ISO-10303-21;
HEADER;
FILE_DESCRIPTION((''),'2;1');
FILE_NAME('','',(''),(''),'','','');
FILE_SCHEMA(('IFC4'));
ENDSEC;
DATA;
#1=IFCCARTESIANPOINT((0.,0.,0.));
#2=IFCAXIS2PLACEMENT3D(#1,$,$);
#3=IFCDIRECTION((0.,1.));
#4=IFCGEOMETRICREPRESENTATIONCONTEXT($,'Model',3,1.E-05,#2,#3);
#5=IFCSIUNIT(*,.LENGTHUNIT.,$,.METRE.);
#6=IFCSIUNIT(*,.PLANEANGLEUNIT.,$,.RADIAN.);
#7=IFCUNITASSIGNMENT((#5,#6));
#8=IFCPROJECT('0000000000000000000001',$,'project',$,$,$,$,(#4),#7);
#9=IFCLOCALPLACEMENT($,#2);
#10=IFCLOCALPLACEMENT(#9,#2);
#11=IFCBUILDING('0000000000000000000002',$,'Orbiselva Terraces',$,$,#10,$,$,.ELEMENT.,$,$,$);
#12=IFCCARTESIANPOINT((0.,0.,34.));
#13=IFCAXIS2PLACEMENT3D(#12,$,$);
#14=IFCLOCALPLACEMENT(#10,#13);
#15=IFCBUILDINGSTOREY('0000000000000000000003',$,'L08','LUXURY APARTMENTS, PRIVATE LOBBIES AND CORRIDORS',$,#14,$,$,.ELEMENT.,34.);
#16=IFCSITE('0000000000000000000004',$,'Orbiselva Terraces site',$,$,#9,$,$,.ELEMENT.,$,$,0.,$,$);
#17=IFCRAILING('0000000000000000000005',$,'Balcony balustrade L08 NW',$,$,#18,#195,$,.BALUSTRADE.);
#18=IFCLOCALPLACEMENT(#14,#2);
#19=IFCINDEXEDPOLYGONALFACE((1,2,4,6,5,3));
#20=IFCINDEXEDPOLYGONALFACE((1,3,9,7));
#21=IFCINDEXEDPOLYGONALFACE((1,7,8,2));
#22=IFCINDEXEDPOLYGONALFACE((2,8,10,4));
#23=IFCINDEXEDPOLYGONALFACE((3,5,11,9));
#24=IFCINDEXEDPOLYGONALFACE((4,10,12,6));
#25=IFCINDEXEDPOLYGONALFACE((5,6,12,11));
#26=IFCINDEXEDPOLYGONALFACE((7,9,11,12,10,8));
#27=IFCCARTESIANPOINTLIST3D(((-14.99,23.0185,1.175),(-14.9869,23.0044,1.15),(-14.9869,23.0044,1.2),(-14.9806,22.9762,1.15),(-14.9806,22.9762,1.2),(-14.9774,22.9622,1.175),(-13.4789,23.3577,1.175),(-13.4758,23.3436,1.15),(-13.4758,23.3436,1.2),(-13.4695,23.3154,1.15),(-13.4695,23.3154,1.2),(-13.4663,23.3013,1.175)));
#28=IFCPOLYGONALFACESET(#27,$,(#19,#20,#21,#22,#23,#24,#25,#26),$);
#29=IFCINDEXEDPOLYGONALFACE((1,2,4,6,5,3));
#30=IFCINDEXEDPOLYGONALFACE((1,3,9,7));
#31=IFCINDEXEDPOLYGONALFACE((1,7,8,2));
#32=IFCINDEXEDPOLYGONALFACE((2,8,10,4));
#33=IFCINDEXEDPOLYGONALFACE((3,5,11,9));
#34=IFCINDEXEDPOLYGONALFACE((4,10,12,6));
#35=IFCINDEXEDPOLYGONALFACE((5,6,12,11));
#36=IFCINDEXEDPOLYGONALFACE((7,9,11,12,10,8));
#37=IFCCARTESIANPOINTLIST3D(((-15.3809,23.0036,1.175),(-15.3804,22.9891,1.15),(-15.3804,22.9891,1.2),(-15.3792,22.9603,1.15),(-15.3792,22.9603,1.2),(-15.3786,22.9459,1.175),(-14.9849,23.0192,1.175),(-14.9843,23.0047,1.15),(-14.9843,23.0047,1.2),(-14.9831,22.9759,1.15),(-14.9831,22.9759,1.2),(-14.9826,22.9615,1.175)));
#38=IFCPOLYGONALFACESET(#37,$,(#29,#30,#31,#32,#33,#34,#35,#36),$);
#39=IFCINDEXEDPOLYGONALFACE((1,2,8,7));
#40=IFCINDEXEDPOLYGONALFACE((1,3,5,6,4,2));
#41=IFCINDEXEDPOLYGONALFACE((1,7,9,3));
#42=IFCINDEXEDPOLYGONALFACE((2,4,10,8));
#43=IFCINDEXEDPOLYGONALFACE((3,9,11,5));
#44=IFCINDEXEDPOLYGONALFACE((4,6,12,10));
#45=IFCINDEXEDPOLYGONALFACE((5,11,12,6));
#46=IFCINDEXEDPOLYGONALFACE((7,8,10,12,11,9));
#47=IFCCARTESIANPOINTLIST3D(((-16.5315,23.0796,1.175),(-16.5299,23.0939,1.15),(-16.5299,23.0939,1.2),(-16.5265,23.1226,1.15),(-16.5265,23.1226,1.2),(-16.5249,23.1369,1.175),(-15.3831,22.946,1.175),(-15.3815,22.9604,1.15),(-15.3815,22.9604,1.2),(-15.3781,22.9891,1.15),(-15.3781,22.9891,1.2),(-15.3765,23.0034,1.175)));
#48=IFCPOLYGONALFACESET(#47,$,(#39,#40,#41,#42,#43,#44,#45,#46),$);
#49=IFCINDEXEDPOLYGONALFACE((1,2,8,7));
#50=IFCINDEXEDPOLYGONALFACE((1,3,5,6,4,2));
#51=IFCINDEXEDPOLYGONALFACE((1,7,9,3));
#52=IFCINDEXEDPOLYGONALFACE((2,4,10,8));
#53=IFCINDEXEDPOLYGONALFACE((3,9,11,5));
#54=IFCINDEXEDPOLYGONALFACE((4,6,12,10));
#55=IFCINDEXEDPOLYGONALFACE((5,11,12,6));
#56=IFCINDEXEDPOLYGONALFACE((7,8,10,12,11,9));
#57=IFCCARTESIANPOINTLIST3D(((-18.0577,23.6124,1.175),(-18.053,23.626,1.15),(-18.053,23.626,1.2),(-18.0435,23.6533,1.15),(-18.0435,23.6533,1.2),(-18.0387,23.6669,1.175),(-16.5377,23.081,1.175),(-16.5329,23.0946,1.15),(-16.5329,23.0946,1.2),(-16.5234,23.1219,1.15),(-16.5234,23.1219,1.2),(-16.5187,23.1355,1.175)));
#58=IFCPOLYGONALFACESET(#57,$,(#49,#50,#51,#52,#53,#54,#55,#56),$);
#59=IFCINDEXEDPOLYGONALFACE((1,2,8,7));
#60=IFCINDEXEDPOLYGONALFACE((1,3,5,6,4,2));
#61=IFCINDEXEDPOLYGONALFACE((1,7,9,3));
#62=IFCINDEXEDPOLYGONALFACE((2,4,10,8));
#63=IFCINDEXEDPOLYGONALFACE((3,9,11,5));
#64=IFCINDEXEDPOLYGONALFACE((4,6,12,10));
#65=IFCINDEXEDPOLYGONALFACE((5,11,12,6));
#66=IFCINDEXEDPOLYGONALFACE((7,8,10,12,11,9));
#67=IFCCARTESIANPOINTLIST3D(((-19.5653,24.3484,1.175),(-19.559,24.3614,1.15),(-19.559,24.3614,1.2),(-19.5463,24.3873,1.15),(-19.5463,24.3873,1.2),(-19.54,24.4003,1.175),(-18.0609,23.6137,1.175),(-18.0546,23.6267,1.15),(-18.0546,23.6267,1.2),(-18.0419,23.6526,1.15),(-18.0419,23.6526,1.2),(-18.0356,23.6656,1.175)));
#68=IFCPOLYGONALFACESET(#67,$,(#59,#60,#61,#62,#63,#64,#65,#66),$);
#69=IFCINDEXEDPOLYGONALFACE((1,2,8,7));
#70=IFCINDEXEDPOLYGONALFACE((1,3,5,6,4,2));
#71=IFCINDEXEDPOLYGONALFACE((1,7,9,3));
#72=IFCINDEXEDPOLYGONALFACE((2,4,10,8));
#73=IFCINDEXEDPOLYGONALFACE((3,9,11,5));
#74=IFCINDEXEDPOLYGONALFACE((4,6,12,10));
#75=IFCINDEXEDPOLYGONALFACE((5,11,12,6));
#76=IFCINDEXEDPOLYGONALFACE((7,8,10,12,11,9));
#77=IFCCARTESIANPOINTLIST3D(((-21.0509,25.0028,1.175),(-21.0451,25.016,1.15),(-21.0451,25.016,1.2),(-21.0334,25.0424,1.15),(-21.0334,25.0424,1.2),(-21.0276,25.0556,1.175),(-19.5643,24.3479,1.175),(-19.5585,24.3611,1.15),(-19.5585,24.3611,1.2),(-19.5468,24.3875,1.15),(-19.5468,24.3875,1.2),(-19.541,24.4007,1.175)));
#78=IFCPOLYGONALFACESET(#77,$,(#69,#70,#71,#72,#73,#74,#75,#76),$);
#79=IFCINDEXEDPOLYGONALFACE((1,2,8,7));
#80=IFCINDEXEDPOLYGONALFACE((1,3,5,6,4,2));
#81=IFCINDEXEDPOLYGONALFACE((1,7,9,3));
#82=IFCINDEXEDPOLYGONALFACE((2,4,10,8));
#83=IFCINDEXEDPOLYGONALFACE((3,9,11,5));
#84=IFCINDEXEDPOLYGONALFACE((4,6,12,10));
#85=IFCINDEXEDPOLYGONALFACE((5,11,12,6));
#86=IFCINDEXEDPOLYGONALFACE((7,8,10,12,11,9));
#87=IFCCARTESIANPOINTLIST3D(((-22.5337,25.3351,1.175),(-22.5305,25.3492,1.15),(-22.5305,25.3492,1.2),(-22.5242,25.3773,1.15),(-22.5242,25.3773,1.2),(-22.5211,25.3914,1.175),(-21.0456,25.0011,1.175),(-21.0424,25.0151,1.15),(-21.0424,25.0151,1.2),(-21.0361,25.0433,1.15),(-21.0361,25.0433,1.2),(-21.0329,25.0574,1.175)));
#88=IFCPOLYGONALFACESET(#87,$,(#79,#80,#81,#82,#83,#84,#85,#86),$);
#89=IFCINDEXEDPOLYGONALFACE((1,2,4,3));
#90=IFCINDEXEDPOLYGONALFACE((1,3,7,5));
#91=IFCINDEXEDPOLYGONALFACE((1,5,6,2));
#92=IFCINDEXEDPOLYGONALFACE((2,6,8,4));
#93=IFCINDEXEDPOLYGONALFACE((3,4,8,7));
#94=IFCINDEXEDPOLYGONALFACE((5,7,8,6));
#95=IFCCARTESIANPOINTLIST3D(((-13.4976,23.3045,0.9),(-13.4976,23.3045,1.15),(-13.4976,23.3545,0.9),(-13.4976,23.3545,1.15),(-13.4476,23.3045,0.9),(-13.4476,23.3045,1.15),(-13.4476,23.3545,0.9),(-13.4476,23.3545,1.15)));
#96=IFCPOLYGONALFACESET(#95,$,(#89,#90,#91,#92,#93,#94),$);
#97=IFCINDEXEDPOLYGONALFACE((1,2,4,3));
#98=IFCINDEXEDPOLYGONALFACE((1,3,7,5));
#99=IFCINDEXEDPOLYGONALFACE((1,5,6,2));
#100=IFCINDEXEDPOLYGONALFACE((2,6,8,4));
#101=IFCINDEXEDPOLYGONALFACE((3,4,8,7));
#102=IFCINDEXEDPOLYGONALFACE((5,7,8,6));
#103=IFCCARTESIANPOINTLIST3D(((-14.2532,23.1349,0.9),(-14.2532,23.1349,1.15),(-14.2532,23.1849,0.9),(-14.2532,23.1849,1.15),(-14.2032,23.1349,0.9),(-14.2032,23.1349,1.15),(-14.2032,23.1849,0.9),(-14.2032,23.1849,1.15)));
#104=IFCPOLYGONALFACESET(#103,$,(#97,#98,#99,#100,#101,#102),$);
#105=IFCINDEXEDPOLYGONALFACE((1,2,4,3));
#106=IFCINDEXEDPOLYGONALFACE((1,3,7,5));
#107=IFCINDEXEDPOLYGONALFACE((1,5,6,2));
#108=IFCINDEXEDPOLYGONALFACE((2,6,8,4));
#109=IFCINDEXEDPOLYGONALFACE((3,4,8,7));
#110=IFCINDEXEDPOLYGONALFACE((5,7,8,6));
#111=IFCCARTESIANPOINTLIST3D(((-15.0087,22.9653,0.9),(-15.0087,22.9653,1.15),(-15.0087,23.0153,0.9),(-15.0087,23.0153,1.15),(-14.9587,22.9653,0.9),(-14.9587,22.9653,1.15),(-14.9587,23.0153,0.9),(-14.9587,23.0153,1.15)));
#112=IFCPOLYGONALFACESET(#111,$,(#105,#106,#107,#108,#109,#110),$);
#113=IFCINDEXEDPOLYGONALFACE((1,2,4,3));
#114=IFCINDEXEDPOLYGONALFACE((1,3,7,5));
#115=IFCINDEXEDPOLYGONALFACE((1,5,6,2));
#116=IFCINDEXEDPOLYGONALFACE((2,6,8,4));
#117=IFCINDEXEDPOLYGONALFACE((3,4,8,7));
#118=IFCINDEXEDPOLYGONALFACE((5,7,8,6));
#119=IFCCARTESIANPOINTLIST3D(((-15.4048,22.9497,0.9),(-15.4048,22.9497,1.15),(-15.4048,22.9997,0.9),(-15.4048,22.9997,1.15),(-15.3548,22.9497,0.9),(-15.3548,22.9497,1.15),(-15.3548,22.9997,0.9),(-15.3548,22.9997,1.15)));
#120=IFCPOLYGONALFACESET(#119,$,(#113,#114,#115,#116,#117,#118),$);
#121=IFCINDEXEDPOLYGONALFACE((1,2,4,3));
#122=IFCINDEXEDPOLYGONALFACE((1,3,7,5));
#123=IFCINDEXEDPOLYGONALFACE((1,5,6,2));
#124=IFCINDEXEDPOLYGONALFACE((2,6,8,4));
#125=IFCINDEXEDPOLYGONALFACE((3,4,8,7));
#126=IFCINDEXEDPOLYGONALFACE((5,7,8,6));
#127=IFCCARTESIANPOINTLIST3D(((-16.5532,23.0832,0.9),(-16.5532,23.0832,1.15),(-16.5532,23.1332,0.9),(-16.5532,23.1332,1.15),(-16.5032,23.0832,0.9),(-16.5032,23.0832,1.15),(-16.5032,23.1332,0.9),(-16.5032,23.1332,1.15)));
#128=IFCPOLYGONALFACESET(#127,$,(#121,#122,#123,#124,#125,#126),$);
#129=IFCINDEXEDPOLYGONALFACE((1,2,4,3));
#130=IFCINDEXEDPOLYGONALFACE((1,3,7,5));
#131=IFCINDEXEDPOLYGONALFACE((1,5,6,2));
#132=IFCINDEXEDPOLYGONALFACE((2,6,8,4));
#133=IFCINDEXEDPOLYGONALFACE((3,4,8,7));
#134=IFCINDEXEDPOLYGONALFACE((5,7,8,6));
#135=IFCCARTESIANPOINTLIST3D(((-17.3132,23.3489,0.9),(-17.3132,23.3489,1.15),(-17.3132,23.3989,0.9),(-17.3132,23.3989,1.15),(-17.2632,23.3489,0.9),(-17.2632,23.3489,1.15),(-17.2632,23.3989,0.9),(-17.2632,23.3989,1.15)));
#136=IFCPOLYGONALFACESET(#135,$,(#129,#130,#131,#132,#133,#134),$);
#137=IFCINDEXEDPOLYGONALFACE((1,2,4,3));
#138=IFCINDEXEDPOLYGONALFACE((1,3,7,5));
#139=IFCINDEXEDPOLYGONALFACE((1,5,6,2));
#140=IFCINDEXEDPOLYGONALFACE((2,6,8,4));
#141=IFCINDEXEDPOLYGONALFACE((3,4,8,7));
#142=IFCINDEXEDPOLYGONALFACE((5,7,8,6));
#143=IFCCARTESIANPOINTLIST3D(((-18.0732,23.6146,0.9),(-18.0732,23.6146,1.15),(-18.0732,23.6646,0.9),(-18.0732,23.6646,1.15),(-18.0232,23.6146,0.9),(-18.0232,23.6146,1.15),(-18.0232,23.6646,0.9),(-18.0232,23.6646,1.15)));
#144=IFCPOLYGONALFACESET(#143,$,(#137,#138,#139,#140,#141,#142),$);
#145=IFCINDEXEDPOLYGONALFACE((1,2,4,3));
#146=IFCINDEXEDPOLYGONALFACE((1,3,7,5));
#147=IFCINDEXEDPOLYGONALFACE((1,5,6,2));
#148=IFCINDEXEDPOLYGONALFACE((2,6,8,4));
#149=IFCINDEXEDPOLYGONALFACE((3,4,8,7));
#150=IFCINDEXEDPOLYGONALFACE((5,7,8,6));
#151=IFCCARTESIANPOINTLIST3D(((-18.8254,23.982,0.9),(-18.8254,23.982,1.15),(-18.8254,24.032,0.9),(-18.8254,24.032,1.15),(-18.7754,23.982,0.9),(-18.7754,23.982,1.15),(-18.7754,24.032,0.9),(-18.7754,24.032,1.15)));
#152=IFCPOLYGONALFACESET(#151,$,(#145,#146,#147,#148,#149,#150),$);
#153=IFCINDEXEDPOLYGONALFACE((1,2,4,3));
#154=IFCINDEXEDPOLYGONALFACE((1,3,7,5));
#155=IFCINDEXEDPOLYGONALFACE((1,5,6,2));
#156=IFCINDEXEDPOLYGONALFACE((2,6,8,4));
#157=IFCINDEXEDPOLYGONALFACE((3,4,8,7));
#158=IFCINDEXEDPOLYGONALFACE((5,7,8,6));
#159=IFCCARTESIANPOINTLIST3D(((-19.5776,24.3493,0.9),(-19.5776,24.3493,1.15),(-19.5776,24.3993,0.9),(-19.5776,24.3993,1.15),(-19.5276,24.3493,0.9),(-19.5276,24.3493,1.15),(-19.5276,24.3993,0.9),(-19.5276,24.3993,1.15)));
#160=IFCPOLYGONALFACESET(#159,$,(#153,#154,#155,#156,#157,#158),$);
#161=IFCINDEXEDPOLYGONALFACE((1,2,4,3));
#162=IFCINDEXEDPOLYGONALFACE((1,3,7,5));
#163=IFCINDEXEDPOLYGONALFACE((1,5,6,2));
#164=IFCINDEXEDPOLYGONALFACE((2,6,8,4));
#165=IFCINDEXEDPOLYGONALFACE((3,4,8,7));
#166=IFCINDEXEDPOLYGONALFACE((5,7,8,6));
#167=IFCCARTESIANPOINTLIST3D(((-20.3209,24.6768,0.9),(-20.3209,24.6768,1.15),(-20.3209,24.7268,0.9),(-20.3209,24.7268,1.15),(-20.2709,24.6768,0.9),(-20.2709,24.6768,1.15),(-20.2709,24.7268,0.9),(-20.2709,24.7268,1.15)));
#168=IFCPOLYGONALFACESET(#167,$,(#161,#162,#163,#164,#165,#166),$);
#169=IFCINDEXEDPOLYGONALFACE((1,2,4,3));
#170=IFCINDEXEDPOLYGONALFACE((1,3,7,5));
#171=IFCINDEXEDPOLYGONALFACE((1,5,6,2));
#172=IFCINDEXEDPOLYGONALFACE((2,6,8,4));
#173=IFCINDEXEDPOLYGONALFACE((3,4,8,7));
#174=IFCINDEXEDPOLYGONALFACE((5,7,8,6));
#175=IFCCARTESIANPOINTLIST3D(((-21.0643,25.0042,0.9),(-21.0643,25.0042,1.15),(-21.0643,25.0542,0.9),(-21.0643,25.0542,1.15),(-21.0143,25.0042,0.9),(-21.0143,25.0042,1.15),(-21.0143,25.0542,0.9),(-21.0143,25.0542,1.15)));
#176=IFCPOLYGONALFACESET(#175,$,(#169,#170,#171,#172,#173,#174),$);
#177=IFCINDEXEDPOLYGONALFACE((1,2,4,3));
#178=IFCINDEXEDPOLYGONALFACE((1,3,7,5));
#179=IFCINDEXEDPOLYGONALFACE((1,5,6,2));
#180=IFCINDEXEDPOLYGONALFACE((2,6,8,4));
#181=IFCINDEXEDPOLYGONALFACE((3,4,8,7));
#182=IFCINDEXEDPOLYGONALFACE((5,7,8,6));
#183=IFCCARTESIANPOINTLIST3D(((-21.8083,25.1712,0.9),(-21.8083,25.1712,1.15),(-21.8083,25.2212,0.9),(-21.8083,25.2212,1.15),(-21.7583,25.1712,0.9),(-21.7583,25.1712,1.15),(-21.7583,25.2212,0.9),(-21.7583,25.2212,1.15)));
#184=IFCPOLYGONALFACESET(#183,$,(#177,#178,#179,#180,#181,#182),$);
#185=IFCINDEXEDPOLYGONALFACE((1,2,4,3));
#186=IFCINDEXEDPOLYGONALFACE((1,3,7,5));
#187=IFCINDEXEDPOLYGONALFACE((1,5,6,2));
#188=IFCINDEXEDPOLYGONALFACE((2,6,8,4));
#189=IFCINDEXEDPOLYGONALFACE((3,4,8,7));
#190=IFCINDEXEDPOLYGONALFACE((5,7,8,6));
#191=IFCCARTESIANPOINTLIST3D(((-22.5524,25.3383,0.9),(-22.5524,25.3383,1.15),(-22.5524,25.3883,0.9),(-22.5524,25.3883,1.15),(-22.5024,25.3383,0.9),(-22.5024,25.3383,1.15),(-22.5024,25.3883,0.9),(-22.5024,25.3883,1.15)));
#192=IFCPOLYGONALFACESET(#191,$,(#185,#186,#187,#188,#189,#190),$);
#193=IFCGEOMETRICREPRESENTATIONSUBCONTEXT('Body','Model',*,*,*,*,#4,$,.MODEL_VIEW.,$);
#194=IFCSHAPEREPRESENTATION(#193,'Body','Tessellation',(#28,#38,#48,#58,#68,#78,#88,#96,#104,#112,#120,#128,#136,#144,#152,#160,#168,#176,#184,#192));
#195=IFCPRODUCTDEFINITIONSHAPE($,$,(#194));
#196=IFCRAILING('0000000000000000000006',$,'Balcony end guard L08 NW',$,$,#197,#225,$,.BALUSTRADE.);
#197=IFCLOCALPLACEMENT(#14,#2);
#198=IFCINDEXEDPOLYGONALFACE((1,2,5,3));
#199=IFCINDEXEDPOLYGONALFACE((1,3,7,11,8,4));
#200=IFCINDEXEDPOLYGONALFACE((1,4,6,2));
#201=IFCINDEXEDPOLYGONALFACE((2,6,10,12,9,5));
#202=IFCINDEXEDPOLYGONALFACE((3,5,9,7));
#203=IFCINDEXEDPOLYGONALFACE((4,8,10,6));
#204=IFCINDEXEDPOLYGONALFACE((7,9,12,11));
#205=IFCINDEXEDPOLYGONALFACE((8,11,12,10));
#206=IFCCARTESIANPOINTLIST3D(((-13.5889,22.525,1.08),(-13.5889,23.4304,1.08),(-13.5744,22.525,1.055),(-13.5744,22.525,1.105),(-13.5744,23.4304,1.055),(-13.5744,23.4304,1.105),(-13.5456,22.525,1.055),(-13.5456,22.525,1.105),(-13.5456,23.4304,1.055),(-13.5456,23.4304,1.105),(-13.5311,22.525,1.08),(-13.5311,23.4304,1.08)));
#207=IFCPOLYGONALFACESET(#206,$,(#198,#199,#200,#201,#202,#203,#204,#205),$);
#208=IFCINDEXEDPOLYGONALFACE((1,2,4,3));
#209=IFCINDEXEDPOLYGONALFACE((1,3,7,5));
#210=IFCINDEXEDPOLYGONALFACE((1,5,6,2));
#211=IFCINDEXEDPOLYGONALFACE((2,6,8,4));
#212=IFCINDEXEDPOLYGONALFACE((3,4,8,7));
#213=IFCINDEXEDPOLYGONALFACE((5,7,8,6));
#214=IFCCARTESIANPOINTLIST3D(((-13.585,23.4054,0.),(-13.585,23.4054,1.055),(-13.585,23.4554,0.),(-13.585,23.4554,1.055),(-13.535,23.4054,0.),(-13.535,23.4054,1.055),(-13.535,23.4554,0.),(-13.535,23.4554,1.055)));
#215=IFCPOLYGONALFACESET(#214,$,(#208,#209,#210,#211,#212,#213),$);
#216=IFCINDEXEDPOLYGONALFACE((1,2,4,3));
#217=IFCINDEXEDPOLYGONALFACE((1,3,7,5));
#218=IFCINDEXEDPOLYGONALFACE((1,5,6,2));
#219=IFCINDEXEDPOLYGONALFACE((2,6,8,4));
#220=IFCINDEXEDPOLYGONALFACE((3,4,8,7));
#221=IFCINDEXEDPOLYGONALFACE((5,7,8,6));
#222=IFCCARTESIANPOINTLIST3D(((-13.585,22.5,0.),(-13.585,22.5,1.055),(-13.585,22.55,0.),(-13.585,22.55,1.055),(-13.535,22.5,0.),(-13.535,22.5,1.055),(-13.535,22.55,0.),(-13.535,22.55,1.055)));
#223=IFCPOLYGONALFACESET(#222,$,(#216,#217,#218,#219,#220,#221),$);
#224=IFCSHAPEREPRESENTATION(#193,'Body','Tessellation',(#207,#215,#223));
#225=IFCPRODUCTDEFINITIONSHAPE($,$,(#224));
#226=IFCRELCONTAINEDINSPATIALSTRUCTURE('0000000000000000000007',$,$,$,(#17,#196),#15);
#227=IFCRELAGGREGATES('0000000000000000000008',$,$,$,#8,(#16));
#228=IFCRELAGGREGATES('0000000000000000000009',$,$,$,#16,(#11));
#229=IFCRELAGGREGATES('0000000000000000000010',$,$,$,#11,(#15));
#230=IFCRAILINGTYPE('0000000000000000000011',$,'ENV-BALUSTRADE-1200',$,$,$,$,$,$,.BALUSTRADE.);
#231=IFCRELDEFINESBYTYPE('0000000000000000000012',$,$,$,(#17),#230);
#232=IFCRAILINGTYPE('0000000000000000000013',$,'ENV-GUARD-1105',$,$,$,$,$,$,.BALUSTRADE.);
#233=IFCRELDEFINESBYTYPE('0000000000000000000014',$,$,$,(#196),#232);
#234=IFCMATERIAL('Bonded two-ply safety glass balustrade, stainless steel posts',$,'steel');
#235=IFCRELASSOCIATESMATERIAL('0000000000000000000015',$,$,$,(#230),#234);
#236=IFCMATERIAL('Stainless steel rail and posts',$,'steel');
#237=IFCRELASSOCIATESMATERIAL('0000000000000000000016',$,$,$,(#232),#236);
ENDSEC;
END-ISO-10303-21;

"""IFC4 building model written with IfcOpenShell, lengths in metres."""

from ifc_helpers import new_model, si_unit, direction, frame, origin, origin_2d, place, context, subcontext, project, spatial, polyline, rectangle, outline, extrude, material, type_object, element, save


model = new_model("IFC4")

# Units and contexts
model_context = context("Model", 3, precision=1e-05, world=origin(), true_north=direction((0.0, 1.0)))
body_context = subcontext(model_context, "Body", "Model", "MODEL_VIEW")
ifc_project = project(units=[si_unit("LENGTHUNIT", "METRE"), si_unit("PLANEANGLEUNIT", "RADIAN")], contexts=[model_context])

# Site, building, storey
site_placement = place(None, origin())
site = spatial("IfcSite", under=ifc_project, at=site_placement, Name="Orbiselva Terraces site", CompositionType="ELEMENT", RefElevation=0.0)
building_placement = place(site_placement, origin())
building = spatial("IfcBuilding", under=site, at=building_placement, Name="Orbiselva Terraces", CompositionType="ELEMENT")
storey_placement = place(building_placement, frame((0.0, 0.0, 34.0)))
storey = spatial("IfcBuildingStorey", under=building, at=storey_placement, Name="L08", Description="LUXURY APARTMENTS, PRIVATE LOBBIES AND CORRIDORS", CompositionType="ELEMENT", Elevation=34.0)

# Railings
ifc_material_1 = material(Name="Bonded two-ply safety glass balustrade, stainless steel posts", Category="steel")
railing_type_1 = type_object("IfcRailingType", Name="ENV-BALUSTRADE-1200", PredefinedType="BALUSTRADE", material=ifc_material_1)
railing_1_placement = place(storey_placement, frame((-13.4726, 23.3295, 0.9)))
element("IfcRailing", 1, at=railing_1_placement, inside=storey, type_object=railing_type_1, Name="Balcony balustrade L08 NW", PredefinedType="BALUSTRADE", context=body_context, shape_type="SweptSolid", body=[
    extrude(outline(polyline([(0.0289, 0.0), (0.0144, 0.025), (-0.0144, 0.025), (-0.0289, 0.0), (-0.0144, -0.025), (0.0144, -0.025), (0.0289, 0.0)])), frame((0.0, 0.0, 0.275), z_axis=(-0.975721, -0.219015, 0.0), x_axis=(0.219015, -0.975721, 0.0)), (0.0, 0.0, 1.0), 1.5487),
    extrude(outline(polyline([(0.0289, 0.0), (0.0144, 0.025), (-0.0144, 0.025), (-0.0289, 0.0), (-0.0144, -0.025), (0.0144, -0.025), (0.0289, 0.0)])), frame((-1.5111, -0.3392, 0.275), z_axis=(-0.999225, -0.039369, 0.0), x_axis=(0.039369, -0.999225, 0.0)), (0.0, 0.0, 1.0), 0.3964),
    extrude(outline(polyline([(0.0289, 0.0), (0.0144, 0.025), (-0.0144, 0.025), (-0.0289, 0.0), (-0.0144, -0.025), (0.0144, -0.025), (0.0289, 0.0)])), frame((-1.9072, -0.3548, 0.275), z_axis=(-0.99331, 0.115482, 0.0), x_axis=(-0.115482, -0.99331, 0.0)), (0.0, 0.0, 1.0), 1.1561),
    extrude(outline(polyline([(0.0289, 0.0), (0.0144, 0.025), (-0.0144, 0.025), (-0.0289, 0.0), (-0.0144, -0.025), (0.0144, -0.025), (0.0289, 0.0)])), frame((-3.0556, -0.2213, 0.275), z_axis=(-0.943972, 0.330025, 0.0), x_axis=(-0.330025, -0.943972, 0.0)), (0.0, 0.0, 1.0), 1.6103),
    extrude(outline(polyline([(0.0289, 0.0), (0.0144, 0.025), (-0.0144, 0.025), (-0.0289, 0.0), (-0.0144, -0.025), (0.0144, -0.025), (0.0289, 0.0)])), frame((-4.5756, 0.3101, 0.275), z_axis=(-0.898579, 0.438812, 0.0), x_axis=(-0.438812, -0.898579, 0.0)), (0.0, 0.0, 1.0), 1.6742),
    extrude(outline(polyline([(0.0289, 0.0), (0.0144, 0.025), (-0.0144, 0.025), (-0.0289, 0.0), (-0.0144, -0.025), (0.0144, -0.025), (0.0289, 0.0)])), frame((-6.08, 1.0448, 0.275), z_axis=(-0.915133, 0.403151, 0.0), x_axis=(-0.403151, -0.915133, 0.0)), (0.0, 0.0, 1.0), 1.6245),
    extrude(outline(polyline([(0.0289, 0.0), (0.0144, 0.025), (-0.0144, 0.025), (-0.0289, 0.0), (-0.0144, -0.025), (0.0144, -0.025), (0.0289, 0.0)])), frame((-7.5666, 1.6997, 0.275), z_axis=(-0.975721, 0.219016, 0.0), x_axis=(-0.219016, -0.975721, 0.0)), (0.0, 0.0, 1.0), 1.5252),
    extrude(rectangle(XDim=0.05, YDim=0.05, at=origin_2d()), origin(), (0.0, 0.0, 1.0), 0.25),
    extrude(rectangle(XDim=0.05, YDim=0.05, at=origin_2d()), frame((-0.7555, -0.1696, 0.0)), (0.0, 0.0, 1.0), 0.25),
    extrude(rectangle(XDim=0.05, YDim=0.05, at=origin_2d()), frame((-1.5111, -0.3392, 0.0)), (0.0, 0.0, 1.0), 0.25),
    extrude(rectangle(XDim=0.05, YDim=0.05, at=origin_2d()), frame((-1.9072, -0.3548, 0.0)), (0.0, 0.0, 1.0), 0.25),
    extrude(rectangle(XDim=0.05, YDim=0.05, at=origin_2d()), frame((-3.0556, -0.2213, 0.0)), (0.0, 0.0, 1.0), 0.25),
    extrude(rectangle(XDim=0.05, YDim=0.05, at=origin_2d()), frame((-3.8156, 0.0444, 0.0)), (0.0, 0.0, 1.0), 0.25),
    extrude(rectangle(XDim=0.05, YDim=0.05, at=origin_2d()), frame((-4.5756, 0.3101, 0.0)), (0.0, 0.0, 1.0), 0.25),
    extrude(rectangle(XDim=0.05, YDim=0.05, at=origin_2d()), frame((-5.3278, 0.6775, 0.0)), (0.0, 0.0, 1.0), 0.25),
    extrude(rectangle(XDim=0.05, YDim=0.05, at=origin_2d()), frame((-6.08, 1.0448, 0.0)), (0.0, 0.0, 1.0), 0.25),
    extrude(rectangle(XDim=0.05, YDim=0.05, at=origin_2d()), frame((-6.8233, 1.3723, 0.0)), (0.0, 0.0, 1.0), 0.25),
    extrude(rectangle(XDim=0.05, YDim=0.05, at=origin_2d()), frame((-7.5666, 1.6997, 0.0)), (0.0, 0.0, 1.0), 0.25),
    extrude(rectangle(XDim=0.05, YDim=0.05, at=origin_2d()), frame((-8.3107, 1.8667, 0.0)), (0.0, 0.0, 1.0), 0.25),
    extrude(rectangle(XDim=0.05, YDim=0.05, at=origin_2d()), frame((-9.0548, 2.0338, 0.0)), (0.0, 0.0, 1.0), 0.25),
])
ifc_material_2 = material(Name="Stainless steel rail and posts", Category="steel")
railing_type_2 = type_object("IfcRailingType", Name="ENV-GUARD-1105", PredefinedType="BALUSTRADE", material=ifc_material_2)
railing_2_placement = place(storey_placement, frame((-13.56, 23.4304, 0.0)))
element("IfcRailing", 2, at=railing_2_placement, inside=storey, type_object=railing_type_2, Name="Balcony end guard L08 NW", PredefinedType="BALUSTRADE", context=body_context, shape_type="SweptSolid", body=[
    extrude(outline(polyline([(0.0289, 0.0), (0.0144, 0.025), (-0.0144, 0.025), (-0.0289, 0.0), (-0.0144, -0.025), (0.0144, -0.025), (0.0289, 0.0)])), frame((0.0, 0.0, 1.08), z_axis=(0.0, -1.0, 0.0), x_axis=(1.0, 0.0, 0.0)), (0.0, 0.0, 1.0), 0.9054),
    extrude(rectangle(XDim=0.05, YDim=0.05, at=origin_2d()), origin(), (0.0, 0.0, 1.0), 1.055),
    extrude(rectangle(XDim=0.05, YDim=0.05, at=origin_2d()), frame((0.0, -0.9054, 0.0)), (0.0, 0.0, 1.0), 1.055),
])

save(model, "model.ifc")
